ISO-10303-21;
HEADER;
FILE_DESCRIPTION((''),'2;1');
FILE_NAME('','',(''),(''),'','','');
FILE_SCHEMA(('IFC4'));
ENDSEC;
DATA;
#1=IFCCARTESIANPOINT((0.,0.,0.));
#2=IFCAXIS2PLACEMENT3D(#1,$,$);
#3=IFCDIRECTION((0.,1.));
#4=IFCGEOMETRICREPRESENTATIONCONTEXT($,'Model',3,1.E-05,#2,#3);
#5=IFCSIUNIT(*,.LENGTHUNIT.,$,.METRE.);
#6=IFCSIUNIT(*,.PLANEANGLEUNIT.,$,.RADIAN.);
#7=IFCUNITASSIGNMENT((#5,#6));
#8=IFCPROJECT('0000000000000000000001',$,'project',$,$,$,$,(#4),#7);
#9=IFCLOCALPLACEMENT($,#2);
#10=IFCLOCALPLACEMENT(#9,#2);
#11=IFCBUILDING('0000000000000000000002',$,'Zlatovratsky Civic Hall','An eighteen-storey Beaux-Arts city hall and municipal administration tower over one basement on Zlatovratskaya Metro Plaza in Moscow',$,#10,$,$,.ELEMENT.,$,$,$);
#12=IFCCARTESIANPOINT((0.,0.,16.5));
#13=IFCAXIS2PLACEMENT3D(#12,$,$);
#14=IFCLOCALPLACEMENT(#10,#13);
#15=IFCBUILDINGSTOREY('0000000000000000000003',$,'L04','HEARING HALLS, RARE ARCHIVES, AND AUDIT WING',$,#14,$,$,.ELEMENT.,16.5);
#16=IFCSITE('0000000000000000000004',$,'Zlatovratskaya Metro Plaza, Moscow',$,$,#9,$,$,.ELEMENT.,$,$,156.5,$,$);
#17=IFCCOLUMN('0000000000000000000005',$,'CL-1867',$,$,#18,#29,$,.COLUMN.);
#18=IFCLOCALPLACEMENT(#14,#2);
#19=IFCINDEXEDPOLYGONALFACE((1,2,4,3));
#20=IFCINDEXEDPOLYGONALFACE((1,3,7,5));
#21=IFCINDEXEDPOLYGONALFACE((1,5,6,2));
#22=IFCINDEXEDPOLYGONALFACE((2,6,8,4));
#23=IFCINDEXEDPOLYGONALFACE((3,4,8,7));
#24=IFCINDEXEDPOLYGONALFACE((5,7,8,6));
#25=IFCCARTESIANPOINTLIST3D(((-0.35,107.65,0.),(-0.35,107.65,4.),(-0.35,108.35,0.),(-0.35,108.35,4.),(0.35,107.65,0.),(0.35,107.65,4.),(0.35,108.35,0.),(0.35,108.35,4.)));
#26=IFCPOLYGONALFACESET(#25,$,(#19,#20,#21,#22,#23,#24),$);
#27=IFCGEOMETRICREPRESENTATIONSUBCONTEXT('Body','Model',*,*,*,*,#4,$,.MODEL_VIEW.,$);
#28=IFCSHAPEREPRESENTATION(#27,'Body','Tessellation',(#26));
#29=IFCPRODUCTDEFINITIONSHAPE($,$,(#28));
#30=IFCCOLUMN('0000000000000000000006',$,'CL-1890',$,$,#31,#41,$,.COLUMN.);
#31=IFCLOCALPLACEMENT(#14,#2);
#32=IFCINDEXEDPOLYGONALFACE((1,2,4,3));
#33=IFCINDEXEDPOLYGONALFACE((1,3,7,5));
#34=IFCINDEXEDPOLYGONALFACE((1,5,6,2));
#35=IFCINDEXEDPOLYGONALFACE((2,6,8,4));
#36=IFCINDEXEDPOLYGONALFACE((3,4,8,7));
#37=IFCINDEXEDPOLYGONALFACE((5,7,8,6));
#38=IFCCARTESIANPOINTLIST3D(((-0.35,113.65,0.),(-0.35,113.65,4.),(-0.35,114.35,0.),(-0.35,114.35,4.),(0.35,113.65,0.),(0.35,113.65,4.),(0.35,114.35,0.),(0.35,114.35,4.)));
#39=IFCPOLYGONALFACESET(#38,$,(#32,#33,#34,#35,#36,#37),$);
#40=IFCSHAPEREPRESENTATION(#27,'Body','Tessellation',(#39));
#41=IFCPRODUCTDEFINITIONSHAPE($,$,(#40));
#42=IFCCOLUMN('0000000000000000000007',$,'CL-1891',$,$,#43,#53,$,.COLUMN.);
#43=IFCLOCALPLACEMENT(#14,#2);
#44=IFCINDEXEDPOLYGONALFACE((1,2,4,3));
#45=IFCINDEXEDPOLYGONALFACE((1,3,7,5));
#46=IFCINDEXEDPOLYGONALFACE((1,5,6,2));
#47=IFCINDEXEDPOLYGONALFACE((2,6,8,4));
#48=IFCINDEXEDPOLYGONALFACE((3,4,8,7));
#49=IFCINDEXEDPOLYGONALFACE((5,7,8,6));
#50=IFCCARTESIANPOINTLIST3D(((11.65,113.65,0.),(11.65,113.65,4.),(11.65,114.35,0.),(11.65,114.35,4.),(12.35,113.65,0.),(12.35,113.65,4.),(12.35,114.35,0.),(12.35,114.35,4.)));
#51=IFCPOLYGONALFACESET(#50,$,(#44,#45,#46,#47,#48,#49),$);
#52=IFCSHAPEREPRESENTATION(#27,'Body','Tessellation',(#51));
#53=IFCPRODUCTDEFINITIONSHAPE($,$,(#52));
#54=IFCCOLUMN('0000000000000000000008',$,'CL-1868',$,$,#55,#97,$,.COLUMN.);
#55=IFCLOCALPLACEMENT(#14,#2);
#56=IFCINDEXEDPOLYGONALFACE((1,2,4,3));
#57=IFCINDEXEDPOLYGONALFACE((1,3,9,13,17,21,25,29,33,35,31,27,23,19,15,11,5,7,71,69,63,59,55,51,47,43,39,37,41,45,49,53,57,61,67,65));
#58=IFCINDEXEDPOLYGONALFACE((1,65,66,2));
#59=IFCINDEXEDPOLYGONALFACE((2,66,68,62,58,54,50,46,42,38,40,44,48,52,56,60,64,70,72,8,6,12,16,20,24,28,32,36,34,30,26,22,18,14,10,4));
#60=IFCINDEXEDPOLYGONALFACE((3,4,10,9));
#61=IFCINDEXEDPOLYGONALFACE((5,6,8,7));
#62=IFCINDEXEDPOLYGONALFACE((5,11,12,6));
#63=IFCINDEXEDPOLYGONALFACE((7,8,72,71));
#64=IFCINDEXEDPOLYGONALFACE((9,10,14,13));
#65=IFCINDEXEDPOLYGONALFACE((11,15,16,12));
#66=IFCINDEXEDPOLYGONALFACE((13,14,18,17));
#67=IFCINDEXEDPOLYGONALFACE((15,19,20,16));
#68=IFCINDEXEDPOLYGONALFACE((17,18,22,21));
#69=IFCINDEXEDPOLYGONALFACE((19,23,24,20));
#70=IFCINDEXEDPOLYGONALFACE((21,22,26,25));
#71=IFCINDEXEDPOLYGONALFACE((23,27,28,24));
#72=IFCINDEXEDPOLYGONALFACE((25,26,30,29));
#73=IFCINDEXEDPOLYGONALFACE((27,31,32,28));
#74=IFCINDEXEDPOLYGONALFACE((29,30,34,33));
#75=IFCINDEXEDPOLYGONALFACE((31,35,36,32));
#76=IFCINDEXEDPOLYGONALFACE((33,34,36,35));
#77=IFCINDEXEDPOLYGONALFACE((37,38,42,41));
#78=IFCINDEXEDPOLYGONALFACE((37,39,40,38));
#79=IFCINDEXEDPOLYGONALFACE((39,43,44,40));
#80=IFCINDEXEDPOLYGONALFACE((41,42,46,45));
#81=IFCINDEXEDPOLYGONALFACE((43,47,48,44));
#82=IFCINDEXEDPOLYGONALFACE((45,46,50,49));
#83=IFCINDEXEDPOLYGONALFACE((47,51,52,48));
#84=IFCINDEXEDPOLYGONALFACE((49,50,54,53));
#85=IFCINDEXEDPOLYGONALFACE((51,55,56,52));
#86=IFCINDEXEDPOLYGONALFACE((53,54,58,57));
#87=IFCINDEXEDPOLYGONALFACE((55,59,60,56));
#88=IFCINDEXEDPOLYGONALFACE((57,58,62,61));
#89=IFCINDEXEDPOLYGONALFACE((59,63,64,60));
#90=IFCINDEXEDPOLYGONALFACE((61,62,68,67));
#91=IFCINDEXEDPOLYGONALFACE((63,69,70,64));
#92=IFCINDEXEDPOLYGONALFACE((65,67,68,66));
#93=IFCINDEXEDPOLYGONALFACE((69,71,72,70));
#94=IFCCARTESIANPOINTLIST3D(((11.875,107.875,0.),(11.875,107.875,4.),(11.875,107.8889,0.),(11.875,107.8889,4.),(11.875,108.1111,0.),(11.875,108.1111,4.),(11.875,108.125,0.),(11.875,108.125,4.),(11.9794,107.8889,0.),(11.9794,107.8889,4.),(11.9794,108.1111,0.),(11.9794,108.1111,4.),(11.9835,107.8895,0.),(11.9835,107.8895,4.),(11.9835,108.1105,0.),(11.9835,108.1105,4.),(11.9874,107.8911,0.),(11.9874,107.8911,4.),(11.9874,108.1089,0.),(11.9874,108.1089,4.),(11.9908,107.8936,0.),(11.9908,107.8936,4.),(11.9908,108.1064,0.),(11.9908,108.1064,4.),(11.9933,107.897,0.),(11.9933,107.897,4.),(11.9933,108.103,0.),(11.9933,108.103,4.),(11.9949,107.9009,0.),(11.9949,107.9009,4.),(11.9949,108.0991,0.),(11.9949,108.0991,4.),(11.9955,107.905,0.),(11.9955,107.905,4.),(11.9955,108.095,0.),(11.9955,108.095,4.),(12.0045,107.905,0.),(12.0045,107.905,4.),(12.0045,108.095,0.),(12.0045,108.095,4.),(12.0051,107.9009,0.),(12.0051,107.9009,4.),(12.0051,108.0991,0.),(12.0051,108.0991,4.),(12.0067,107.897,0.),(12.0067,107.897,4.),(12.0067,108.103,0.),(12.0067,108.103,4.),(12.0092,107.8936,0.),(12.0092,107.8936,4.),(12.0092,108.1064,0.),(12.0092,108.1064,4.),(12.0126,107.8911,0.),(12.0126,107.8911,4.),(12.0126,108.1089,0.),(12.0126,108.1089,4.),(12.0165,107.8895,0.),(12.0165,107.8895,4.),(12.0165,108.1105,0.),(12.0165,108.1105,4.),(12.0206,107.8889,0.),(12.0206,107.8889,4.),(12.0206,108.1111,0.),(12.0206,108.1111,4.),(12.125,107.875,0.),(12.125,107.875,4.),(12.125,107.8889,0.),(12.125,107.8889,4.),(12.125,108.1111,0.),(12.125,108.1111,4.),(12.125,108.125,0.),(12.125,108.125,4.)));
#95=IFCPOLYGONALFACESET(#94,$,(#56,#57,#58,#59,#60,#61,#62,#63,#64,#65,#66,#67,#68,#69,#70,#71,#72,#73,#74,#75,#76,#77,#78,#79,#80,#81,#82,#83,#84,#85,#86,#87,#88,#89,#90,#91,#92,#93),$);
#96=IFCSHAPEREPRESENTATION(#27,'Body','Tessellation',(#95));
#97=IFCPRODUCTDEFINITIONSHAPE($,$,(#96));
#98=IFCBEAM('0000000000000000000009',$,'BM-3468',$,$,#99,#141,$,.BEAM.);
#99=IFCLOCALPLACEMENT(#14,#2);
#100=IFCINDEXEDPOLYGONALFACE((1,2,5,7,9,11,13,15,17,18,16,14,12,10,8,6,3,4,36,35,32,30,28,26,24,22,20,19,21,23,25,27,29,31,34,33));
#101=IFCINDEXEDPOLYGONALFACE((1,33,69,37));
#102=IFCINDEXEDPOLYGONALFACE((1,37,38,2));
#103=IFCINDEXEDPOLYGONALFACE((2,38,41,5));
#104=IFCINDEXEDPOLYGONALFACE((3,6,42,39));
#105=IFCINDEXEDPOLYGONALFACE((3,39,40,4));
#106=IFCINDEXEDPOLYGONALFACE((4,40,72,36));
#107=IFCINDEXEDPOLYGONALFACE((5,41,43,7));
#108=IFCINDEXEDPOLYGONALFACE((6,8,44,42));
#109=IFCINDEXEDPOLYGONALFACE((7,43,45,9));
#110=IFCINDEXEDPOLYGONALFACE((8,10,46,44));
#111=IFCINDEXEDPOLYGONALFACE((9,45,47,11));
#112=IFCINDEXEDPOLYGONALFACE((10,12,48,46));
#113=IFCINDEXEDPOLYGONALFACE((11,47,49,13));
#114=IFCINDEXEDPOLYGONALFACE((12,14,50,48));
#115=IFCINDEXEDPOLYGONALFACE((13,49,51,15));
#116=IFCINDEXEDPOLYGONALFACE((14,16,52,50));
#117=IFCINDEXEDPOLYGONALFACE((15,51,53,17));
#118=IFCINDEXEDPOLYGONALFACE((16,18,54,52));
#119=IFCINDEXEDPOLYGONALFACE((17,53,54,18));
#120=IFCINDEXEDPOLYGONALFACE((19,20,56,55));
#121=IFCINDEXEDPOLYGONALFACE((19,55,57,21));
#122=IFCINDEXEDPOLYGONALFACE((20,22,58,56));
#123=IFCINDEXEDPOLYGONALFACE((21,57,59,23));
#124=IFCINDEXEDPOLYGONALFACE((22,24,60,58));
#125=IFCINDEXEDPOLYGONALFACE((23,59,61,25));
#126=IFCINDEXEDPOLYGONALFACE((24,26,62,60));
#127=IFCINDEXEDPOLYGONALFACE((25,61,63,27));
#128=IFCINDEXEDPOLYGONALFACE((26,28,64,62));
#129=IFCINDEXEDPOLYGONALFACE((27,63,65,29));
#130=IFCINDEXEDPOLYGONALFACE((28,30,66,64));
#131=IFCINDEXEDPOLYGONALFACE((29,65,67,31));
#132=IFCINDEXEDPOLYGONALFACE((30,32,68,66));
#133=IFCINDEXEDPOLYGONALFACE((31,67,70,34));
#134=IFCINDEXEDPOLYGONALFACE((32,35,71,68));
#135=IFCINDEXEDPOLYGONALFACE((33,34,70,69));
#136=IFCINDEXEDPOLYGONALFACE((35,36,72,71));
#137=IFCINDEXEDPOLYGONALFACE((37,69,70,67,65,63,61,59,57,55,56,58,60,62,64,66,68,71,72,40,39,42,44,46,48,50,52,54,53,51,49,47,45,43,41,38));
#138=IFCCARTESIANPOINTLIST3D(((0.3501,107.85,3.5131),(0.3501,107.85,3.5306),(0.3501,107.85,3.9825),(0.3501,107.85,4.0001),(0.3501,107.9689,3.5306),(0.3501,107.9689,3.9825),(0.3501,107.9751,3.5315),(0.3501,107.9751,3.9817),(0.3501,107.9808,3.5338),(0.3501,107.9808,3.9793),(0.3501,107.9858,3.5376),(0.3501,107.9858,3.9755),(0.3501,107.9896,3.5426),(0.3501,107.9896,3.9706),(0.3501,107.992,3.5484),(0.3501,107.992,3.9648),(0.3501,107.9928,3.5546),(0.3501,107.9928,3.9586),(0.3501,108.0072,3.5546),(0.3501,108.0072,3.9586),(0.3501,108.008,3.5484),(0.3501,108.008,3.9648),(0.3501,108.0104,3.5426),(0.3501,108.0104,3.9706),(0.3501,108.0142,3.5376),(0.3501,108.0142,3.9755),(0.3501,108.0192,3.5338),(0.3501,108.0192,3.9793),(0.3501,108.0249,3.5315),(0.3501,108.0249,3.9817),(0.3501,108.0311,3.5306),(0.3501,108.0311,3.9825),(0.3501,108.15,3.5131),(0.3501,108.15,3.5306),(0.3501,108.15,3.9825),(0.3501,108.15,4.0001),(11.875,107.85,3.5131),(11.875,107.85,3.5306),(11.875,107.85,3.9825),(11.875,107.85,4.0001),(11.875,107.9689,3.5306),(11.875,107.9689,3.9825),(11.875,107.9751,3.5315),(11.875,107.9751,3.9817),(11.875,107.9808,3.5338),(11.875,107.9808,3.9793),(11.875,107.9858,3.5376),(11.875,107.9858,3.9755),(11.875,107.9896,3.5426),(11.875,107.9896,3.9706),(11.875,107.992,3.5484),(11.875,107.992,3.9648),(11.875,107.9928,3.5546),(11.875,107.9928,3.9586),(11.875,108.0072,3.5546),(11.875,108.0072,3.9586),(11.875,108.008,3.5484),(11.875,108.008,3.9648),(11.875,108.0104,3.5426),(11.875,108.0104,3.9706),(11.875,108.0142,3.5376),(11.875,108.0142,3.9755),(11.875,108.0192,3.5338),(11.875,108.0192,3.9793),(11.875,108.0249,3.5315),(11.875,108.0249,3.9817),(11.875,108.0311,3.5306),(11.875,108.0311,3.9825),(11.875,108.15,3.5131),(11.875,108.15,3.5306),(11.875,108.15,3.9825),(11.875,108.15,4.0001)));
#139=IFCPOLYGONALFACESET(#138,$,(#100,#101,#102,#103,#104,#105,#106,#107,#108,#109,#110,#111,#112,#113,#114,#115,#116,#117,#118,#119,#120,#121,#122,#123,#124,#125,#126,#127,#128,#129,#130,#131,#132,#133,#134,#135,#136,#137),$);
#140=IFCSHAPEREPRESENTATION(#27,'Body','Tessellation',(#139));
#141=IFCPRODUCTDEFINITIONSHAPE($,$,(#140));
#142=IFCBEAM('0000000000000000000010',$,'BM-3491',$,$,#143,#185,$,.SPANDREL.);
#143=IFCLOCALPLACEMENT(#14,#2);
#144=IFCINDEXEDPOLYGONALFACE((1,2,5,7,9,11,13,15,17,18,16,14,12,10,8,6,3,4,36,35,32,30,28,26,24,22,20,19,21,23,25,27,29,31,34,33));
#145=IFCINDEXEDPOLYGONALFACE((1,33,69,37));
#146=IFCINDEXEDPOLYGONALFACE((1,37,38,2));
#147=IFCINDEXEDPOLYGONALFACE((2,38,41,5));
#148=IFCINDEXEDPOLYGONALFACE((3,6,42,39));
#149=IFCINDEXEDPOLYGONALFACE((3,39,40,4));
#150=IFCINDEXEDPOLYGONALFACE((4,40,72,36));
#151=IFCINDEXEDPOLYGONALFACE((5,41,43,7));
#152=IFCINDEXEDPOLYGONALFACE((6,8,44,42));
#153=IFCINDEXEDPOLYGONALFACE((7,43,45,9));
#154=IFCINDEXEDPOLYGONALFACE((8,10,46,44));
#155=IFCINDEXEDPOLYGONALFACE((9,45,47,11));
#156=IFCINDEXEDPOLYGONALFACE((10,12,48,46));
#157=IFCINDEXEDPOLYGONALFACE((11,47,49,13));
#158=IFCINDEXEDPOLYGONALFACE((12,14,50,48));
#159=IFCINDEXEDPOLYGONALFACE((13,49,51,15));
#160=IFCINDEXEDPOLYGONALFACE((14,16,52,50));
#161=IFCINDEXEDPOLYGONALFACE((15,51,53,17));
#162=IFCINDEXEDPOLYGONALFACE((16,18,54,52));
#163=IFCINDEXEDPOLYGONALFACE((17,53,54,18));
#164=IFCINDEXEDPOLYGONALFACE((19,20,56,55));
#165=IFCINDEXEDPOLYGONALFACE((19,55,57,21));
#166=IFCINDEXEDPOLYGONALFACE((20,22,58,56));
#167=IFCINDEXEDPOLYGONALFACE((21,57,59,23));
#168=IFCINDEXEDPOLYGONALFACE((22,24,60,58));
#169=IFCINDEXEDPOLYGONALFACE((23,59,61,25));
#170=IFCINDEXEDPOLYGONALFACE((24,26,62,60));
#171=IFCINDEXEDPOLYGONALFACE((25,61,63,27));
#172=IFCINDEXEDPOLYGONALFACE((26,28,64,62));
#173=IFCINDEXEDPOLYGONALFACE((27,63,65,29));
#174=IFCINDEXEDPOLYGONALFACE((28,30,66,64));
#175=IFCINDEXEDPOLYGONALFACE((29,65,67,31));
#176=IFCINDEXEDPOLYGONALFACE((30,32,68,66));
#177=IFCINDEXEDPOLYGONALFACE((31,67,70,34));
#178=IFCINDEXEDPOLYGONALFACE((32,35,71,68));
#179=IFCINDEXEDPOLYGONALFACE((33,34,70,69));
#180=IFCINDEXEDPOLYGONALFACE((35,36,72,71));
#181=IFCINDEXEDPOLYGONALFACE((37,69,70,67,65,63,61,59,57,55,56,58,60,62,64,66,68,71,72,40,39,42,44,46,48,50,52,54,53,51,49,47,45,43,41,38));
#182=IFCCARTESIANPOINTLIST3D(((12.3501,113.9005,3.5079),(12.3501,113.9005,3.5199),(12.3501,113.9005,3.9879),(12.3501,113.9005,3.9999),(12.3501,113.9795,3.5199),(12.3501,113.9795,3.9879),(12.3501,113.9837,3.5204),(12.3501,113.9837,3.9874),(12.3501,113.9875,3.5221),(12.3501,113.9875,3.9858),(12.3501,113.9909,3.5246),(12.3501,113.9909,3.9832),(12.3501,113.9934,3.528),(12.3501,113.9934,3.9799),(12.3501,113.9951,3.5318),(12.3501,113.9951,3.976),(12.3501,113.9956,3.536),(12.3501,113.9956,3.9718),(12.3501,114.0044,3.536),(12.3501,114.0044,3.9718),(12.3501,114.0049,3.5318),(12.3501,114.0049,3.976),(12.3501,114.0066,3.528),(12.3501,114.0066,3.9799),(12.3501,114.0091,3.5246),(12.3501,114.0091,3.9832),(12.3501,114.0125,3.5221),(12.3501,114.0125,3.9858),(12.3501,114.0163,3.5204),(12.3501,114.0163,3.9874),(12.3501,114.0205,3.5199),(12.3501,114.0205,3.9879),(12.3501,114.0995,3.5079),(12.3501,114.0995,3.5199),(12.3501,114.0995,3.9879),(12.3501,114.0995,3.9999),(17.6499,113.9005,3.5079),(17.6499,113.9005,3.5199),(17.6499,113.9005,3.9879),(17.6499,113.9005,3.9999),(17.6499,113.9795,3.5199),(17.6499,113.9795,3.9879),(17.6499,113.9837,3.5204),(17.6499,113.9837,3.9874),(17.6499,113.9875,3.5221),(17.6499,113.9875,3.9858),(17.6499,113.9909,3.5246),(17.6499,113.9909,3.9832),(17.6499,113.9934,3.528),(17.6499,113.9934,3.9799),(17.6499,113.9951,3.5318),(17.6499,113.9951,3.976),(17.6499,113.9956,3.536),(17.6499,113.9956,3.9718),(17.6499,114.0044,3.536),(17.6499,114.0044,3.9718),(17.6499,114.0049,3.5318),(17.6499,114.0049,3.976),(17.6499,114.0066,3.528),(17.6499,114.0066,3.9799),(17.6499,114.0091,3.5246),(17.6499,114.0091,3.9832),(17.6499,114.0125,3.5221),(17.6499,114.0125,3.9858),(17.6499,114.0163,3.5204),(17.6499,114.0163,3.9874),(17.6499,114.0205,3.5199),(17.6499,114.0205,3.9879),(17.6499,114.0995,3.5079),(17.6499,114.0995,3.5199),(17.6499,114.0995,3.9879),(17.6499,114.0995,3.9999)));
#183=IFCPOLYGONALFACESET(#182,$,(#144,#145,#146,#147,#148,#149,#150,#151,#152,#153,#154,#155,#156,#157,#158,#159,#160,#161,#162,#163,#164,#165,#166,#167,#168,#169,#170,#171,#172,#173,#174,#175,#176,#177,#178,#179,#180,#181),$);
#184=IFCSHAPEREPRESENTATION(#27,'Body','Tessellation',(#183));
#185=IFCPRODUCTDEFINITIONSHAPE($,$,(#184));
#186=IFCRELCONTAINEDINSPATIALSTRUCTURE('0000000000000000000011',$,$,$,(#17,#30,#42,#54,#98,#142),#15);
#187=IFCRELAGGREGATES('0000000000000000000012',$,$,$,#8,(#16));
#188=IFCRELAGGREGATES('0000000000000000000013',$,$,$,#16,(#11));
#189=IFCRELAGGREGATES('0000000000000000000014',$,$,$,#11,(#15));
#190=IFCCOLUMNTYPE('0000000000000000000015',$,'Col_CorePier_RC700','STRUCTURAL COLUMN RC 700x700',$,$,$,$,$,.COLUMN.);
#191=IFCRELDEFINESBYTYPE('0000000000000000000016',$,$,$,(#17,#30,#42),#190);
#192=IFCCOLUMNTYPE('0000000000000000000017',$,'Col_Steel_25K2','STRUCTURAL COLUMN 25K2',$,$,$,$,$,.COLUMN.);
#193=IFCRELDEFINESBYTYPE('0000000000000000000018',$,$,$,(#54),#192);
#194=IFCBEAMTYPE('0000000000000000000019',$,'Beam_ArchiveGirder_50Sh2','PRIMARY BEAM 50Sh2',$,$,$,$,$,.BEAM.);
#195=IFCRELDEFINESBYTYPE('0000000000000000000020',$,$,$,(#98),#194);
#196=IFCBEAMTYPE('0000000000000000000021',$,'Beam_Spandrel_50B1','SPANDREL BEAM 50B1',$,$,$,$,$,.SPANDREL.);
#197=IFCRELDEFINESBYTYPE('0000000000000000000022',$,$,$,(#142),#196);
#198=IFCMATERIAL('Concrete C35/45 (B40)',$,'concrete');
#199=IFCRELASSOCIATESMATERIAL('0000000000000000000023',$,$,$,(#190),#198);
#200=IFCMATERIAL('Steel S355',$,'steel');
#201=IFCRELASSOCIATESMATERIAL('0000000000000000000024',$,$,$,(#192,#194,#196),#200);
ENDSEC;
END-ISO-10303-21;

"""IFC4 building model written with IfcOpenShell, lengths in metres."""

from ifc_helpers import new_model, si_unit, direction, frame, origin, origin_2d, place, context, subcontext, project, spatial, rectangle, i_section, extrude, material, material_profile, profile_set, type_object, element, save


model = new_model("IFC4")

# Units and contexts
model_context = context("Model", 3, precision=1e-05, world=origin(), true_north=direction((0.0, 1.0)))
body_context = subcontext(model_context, "Body", "Model", "MODEL_VIEW")
ifc_project = project(units=[si_unit("LENGTHUNIT", "METRE"), si_unit("PLANEANGLEUNIT", "RADIAN")], contexts=[model_context])

# Site, building, storey
site_placement = place(None, origin())
site = spatial("IfcSite", under=ifc_project, at=site_placement, Name="Zlatovratskaya Metro Plaza, Moscow", CompositionType="ELEMENT", RefElevation=156.5)
building_placement = place(site_placement, origin())
building = spatial("IfcBuilding", under=site, at=building_placement, Name="Zlatovratsky Civic Hall", Description="An eighteen-storey Beaux-Arts city hall and municipal administration tower over one basement on Zlatovratskaya Metro Plaza in Moscow", CompositionType="ELEMENT")
storey_placement = place(building_placement, frame((0.0, 0.0, 16.5)))
storey = spatial("IfcBuildingStorey", under=building, at=storey_placement, Name="L04", Description="HEARING HALLS, RARE ARCHIVES, AND AUDIT WING", CompositionType="ELEMENT", Elevation=16.5)

# Columns
ifc_material_1 = material(Name="Concrete C35/45 (B40)", Category="concrete")
ifc_material_profile_1 = material_profile(ifc_material_1, rectangle(XDim=0.7, YDim=0.7, at=origin_2d()), Name="RC 700x700")
ifc_profile_set_1 = profile_set([ifc_material_profile_1], Name="Concrete C35/45 (B40)")
column_type_1 = type_object("IfcColumnType", Name="Col_CorePier_RC700", Description="STRUCTURAL COLUMN RC 700x700", PredefinedType="COLUMN", material=ifc_profile_set_1)
for number, where, z_axis, x_axis, name in (
    (1, (0.0, 108.0, 0.0), (0.0, 0.0, 1.0), (1.0, 0.0, 0.0), "CL-1867"),
    (2, (0.0, 114.0, 0.0), (0.0, 0.0, 1.0), (1.0, 0.0, 0.0), "CL-1890"),
    (3, (12.0, 114.0, 0.0), (0.0, 0.0, 1.0), (1.0, 0.0, 0.0), "CL-1891"),
):
    element("IfcColumn", number, at=place(storey_placement, frame(where, z_axis=z_axis, x_axis=x_axis)), inside=storey, type_object=column_type_1, Name=name, PredefinedType="COLUMN", context=body_context, shape_type="SweptSolid", body=[
        extrude(rectangle(XDim=0.7, YDim=0.7, at=origin_2d()), origin(), (0.0, 0.0, 1.0), 4.0),
    ])
ifc_material_2 = material(Name="Steel S355", Category="steel")
ifc_material_profile_2 = material_profile(ifc_material_2, i_section(OverallWidth=0.25, OverallDepth=0.25, WebThickness=0.009, FlangeThickness=0.0139, FilletRadius=0.0161, at=origin_2d()), Name="25K2")
ifc_profile_set_2 = profile_set([ifc_material_profile_2], Name="Steel S355")
column_type_2 = type_object("IfcColumnType", Name="Col_Steel_25K2", Description="STRUCTURAL COLUMN 25K2", PredefinedType="COLUMN", material=ifc_profile_set_2)
column_placement = place(storey_placement, frame((12.0, 108.0, 0.0), z_axis=(0.0, 0.0, 1.0), x_axis=(1.0, 0.0, 0.0)))
element("IfcColumn", 4, at=column_placement, inside=storey, type_object=column_type_2, Name="CL-1868", PredefinedType="COLUMN", context=body_context, shape_type="SweptSolid", body=[
    extrude(i_section(OverallWidth=0.25, OverallDepth=0.25, WebThickness=0.009, FlangeThickness=0.0139, FilletRadius=0.0161, at=origin_2d()), origin(), (0.0, 0.0, 1.0), 4.0),
])

# Beams
ifc_material_profile_3 = material_profile(ifc_material_2, i_section(OverallWidth=0.3, OverallDepth=0.4871, WebThickness=0.0144, FlangeThickness=0.0176, FilletRadius=0.0239, at=origin_2d()), Name="50Sh2")
ifc_profile_set_3 = profile_set([ifc_material_profile_3], Name="Steel S355")
beam_type_1 = type_object("IfcBeamType", Name="Beam_ArchiveGirder_50Sh2", Description="PRIMARY BEAM 50Sh2", PredefinedType="BEAM", material=ifc_profile_set_3)
beam_1_placement = place(storey_placement, frame((0.3501, 108.0, 3.7566), z_axis=(1.0, 0.0, 0.0), x_axis=(0.0, 1.0, 0.0)))
element("IfcBeam", 5, at=beam_1_placement, inside=storey, type_object=beam_type_1, Name="BM-3468", PredefinedType="BEAM", context=body_context, shape_type="SweptSolid", body=[
    extrude(i_section(OverallWidth=0.3, OverallDepth=0.4871, WebThickness=0.0144, FlangeThickness=0.0176, FilletRadius=0.0239, at=origin_2d()), origin(), (0.0, 0.0, 1.0), 11.5249),
])
ifc_material_profile_4 = material_profile(ifc_material_2, i_section(OverallWidth=0.199, OverallDepth=0.4919, WebThickness=0.0088, FlangeThickness=0.012, FilletRadius=0.0161, at=origin_2d()), Name="50B1")
ifc_profile_set_4 = profile_set([ifc_material_profile_4], Name="Steel S355")
beam_type_2 = type_object("IfcBeamType", Name="Beam_Spandrel_50B1", Description="SPANDREL BEAM 50B1", PredefinedType="SPANDREL", material=ifc_profile_set_4)
for number, where, z_axis, x_axis, name in (
    (6, (12.3501, 114.0, 3.7539), (1.0, 0.0, 0.0), (0.0, 1.0, 0.0), "BM-3491"),
):
    element("IfcBeam", number, at=place(storey_placement, frame(where, z_axis=z_axis, x_axis=x_axis)), inside=storey, type_object=beam_type_2, Name=name, PredefinedType="SPANDREL", context=body_context, shape_type="SweptSolid", body=[
        extrude(i_section(OverallWidth=0.199, OverallDepth=0.4919, WebThickness=0.0088, FlangeThickness=0.012, FilletRadius=0.0161, at=origin_2d()), origin(), (0.0, 0.0, 1.0), 5.2998),
    ])

save(model, "model.ifc")
